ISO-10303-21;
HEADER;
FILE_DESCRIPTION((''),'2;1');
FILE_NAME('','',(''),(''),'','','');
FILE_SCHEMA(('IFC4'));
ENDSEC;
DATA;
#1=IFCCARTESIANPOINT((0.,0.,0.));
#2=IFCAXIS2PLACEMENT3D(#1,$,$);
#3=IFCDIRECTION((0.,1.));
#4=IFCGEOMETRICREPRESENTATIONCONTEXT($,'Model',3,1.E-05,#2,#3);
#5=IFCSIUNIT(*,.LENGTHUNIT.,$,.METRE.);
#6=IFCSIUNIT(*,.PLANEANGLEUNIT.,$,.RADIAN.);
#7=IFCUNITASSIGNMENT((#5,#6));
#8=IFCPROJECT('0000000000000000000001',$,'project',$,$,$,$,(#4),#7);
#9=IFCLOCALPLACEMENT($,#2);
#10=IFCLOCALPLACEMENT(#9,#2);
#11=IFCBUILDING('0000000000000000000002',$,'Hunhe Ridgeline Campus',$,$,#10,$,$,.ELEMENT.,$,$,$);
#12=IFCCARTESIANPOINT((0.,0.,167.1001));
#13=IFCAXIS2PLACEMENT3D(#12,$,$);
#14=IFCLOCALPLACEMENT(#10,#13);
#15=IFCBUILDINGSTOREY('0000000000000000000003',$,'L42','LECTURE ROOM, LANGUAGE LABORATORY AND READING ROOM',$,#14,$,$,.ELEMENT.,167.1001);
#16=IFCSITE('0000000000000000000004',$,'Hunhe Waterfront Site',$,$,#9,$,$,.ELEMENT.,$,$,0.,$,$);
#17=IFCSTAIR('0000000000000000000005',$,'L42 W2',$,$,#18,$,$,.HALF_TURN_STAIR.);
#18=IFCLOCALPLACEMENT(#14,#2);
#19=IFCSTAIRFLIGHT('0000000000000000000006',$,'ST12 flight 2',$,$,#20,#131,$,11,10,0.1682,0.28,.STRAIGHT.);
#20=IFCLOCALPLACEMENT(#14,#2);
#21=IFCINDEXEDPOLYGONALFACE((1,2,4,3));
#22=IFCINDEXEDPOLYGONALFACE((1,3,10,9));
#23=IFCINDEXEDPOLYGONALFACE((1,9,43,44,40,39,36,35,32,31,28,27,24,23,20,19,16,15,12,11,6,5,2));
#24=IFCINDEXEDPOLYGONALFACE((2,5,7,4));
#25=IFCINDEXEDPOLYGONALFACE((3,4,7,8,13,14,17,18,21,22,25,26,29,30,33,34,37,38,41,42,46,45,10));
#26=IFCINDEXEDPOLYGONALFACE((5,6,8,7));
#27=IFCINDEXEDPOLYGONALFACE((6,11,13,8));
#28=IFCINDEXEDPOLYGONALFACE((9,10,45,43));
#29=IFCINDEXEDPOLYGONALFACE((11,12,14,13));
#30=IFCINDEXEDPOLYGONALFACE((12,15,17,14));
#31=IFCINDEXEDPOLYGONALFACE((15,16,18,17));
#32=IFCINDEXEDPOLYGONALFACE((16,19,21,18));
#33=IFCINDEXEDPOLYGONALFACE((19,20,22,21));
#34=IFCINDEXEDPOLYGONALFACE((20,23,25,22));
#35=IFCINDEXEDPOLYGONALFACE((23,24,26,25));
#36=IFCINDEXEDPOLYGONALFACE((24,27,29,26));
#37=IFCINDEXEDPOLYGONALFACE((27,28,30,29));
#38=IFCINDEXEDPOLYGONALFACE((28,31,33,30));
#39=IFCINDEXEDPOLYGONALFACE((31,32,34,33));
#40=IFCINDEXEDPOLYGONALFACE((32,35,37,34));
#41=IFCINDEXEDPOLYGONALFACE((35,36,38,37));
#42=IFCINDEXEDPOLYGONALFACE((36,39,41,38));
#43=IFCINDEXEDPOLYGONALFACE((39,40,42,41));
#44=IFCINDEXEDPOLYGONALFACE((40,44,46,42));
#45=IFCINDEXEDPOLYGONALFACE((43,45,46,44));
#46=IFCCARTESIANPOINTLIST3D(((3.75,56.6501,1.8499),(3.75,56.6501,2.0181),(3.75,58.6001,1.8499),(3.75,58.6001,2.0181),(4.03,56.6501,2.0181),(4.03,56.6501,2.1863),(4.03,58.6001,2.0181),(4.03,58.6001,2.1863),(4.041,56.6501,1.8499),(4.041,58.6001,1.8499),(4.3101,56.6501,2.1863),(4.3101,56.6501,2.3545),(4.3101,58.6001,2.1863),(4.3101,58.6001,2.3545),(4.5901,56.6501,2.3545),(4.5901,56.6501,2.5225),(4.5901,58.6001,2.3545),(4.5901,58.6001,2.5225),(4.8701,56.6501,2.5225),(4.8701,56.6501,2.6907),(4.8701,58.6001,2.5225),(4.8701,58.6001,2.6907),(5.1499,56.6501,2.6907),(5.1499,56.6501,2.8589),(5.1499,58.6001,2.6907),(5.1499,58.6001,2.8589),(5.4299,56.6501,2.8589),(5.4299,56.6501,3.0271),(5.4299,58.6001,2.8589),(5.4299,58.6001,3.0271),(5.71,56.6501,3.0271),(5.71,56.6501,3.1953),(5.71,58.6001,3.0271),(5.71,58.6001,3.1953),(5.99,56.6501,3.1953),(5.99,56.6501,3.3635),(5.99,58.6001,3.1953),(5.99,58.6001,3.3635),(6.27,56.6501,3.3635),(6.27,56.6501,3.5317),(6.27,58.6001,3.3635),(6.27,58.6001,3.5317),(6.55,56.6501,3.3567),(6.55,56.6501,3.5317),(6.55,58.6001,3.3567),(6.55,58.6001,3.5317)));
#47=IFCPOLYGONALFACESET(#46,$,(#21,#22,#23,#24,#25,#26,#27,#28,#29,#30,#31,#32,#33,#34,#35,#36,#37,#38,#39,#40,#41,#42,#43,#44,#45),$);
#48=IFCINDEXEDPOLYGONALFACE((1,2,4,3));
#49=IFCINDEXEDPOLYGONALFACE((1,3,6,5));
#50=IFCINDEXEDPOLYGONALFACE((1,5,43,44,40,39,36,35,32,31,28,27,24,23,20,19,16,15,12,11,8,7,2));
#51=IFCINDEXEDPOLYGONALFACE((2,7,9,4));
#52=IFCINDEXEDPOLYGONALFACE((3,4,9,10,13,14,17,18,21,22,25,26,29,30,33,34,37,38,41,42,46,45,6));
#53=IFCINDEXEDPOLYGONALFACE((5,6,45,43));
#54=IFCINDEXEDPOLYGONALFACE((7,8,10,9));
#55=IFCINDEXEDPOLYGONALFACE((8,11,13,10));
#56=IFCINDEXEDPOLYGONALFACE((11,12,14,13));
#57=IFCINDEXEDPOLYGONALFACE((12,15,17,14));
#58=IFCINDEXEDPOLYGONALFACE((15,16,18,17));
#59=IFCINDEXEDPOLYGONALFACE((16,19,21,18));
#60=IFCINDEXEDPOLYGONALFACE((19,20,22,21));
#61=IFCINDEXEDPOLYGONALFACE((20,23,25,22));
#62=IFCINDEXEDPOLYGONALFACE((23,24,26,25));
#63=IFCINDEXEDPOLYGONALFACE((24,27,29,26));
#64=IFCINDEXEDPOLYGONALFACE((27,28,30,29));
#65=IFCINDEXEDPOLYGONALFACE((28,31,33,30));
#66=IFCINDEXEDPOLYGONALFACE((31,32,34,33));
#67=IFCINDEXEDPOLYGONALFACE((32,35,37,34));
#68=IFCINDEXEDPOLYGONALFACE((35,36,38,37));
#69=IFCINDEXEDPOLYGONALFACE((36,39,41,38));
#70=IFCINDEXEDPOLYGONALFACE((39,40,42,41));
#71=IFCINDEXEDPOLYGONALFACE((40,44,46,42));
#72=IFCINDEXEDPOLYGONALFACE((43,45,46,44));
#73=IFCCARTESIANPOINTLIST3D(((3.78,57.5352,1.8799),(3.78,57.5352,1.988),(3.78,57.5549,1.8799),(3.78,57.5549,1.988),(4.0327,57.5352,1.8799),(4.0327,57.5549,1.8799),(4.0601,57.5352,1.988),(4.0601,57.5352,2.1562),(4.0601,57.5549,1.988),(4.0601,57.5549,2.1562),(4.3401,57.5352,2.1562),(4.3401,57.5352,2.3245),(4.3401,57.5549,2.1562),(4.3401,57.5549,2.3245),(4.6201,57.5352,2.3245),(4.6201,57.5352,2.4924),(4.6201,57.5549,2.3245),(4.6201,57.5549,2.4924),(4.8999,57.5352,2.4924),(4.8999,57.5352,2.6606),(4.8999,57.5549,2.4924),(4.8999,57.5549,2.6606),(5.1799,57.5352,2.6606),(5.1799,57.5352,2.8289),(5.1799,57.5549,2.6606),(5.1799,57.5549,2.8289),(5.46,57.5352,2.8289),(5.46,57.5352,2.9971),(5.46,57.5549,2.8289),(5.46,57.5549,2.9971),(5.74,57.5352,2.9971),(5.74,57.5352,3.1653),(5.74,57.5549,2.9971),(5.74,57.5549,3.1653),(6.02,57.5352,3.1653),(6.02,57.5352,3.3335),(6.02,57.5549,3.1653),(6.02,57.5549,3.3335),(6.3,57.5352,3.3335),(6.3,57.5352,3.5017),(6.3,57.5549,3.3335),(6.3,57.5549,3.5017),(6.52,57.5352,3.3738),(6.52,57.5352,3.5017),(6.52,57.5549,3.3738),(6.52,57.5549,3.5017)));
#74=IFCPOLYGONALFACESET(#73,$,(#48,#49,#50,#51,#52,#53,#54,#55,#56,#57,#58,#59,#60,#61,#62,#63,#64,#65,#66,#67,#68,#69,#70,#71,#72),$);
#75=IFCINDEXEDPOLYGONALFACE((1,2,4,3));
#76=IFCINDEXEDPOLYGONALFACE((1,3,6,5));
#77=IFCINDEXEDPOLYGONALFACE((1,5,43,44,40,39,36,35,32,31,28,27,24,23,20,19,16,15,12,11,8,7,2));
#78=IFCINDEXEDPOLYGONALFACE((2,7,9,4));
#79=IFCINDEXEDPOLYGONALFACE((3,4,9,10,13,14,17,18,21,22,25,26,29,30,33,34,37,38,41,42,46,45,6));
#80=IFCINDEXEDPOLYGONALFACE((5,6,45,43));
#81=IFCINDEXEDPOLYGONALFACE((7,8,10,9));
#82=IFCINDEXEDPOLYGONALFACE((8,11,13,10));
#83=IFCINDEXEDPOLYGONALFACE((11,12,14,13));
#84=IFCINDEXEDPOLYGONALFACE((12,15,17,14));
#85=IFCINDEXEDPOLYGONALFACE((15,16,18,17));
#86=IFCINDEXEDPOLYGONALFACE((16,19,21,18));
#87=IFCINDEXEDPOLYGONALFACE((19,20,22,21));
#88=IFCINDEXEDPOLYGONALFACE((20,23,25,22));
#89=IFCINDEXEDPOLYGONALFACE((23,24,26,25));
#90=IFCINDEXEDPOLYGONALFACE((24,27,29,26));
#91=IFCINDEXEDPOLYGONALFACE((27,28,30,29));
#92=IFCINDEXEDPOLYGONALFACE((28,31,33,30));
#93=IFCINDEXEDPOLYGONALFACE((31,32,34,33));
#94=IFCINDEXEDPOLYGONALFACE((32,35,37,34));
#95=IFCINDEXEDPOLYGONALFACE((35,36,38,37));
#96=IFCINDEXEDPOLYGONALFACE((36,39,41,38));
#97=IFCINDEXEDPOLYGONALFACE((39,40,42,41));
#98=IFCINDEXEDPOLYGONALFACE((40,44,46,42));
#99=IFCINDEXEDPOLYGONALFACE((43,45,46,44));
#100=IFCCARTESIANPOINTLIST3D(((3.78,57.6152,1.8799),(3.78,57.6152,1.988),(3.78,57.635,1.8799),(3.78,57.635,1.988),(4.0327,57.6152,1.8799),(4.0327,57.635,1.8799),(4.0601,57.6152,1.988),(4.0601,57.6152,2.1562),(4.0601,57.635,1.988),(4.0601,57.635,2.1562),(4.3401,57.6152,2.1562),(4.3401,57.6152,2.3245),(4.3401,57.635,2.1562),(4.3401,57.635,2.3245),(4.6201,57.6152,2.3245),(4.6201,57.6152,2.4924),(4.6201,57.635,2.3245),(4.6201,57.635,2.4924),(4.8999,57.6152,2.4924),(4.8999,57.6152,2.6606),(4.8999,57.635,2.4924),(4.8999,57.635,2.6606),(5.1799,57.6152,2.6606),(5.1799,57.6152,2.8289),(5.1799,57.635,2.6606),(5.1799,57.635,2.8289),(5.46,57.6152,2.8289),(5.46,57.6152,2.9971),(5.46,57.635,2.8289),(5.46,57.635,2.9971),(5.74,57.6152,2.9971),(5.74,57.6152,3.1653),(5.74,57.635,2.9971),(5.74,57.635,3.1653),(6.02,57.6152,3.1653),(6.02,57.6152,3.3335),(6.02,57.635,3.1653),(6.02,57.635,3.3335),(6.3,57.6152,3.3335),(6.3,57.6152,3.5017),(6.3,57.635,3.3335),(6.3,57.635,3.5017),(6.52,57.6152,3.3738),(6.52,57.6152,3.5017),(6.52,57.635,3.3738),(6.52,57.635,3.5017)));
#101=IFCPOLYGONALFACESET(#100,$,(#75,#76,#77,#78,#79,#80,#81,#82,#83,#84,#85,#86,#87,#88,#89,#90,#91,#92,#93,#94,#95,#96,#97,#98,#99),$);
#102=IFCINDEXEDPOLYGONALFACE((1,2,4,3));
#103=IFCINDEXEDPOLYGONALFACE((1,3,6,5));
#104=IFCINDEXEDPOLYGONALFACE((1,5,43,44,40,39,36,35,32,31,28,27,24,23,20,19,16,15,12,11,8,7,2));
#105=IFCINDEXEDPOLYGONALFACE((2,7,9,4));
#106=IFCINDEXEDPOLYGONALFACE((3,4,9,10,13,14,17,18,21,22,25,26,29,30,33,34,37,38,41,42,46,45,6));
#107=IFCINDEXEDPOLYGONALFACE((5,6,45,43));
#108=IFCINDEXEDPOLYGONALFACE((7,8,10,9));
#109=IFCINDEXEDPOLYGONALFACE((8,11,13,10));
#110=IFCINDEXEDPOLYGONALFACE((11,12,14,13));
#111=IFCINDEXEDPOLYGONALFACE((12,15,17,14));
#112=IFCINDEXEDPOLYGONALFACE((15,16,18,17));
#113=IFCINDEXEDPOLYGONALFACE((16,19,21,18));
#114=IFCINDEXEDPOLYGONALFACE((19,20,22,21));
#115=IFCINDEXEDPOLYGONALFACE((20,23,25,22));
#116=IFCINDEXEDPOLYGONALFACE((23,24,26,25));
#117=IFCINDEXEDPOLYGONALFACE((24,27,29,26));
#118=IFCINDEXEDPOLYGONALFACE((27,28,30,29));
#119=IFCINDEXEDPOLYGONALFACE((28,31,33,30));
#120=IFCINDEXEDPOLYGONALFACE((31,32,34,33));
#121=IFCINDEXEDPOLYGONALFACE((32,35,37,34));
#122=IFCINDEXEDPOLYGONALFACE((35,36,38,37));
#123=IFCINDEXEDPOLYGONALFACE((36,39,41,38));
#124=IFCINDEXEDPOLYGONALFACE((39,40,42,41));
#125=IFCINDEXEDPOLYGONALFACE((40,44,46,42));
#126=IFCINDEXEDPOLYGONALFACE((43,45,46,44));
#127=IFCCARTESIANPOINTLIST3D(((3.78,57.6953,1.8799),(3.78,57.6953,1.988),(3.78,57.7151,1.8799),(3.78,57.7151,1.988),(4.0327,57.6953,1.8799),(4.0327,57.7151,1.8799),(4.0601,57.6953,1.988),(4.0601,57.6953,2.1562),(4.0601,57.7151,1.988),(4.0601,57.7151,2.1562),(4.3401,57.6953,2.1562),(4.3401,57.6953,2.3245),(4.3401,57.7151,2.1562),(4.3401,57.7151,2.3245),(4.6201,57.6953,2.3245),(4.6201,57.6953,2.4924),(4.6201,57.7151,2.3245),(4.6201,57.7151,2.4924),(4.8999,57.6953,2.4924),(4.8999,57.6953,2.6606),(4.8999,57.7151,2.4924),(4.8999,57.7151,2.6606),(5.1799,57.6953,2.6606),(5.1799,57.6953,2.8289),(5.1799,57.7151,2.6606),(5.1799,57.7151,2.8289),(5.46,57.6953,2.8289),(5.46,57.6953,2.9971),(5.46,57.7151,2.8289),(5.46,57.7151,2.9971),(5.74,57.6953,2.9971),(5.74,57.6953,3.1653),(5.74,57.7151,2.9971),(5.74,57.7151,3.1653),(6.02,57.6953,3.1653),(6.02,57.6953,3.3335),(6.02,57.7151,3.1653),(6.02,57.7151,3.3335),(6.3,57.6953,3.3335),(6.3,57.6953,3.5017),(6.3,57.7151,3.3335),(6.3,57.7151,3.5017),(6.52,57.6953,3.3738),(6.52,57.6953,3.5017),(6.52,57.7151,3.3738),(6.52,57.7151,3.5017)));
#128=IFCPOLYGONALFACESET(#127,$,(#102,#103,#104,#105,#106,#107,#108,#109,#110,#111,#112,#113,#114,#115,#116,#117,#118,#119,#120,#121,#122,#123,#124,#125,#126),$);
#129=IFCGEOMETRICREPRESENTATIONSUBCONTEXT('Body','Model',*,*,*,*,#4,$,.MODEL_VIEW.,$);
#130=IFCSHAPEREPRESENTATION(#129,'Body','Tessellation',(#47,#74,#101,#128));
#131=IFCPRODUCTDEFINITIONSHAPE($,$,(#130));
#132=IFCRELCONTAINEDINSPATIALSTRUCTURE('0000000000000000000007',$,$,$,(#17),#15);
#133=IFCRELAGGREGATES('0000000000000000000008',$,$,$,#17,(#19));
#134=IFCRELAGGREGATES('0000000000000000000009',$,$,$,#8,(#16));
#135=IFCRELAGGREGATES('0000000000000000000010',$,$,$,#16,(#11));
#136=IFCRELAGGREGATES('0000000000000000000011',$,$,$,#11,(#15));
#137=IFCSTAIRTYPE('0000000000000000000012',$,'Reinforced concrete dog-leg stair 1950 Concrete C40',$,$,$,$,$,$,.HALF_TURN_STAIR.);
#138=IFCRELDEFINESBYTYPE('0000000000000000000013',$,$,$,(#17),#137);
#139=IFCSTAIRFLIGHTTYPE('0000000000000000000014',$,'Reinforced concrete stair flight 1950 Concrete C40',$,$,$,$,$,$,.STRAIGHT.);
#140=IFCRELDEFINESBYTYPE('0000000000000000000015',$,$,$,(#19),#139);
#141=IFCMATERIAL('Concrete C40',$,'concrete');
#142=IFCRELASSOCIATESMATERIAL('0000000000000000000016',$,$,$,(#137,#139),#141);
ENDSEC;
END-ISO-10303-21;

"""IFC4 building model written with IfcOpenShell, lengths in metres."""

from ifc_helpers import new_model, si_unit, direction, frame, origin, place, context, subcontext, project, spatial, polyline, outline, extrude, material, type_object, element, aggregate, save


model = new_model("IFC4")

# Units and contexts
model_context = context("Model", 3, precision=1e-05, world=origin(), true_north=direction((0.0, 1.0)))
body_context = subcontext(model_context, "Body", "Model", "MODEL_VIEW")
ifc_project = project(units=[si_unit("LENGTHUNIT", "METRE"), si_unit("PLANEANGLEUNIT", "RADIAN")], contexts=[model_context])

# Site, building, storey
site_placement = place(None, origin())
site = spatial("IfcSite", under=ifc_project, at=site_placement, Name="Hunhe Waterfront Site", CompositionType="ELEMENT", RefElevation=0.0)
building_placement = place(site_placement, origin())
building = spatial("IfcBuilding", under=site, at=building_placement, Name="Hunhe Ridgeline Campus", CompositionType="ELEMENT")
storey_placement = place(building_placement, frame((0.0, 0.0, 167.1001)))
storey = spatial("IfcBuildingStorey", under=building, at=storey_placement, Name="L42", Description="LECTURE ROOM, LANGUAGE LABORATORY AND READING ROOM", CompositionType="ELEMENT", Elevation=167.1001)

# Stair, stair flight
ifc_material_1 = material(Name="Concrete C40", Category="concrete")
stair_type = type_object("IfcStairType", Name="Reinforced concrete dog-leg stair 1950 Concrete C40", PredefinedType="HALF_TURN_STAIR", material=ifc_material_1)
stair_flight_type = type_object("IfcStairFlightType", Name="Reinforced concrete stair flight 1950 Concrete C40", PredefinedType="STRAIGHT", material=ifc_material_1)
stair_1_placement = place(storey_placement, origin())
stair_1 = element("IfcStair", 1, at=stair_1_placement, inside=storey, type_object=stair_type, Name="L42 W2", PredefinedType="HALF_TURN_STAIR")
stair_flight_1_placement = place(storey_placement, frame((3.75, 57.625, 1.8499), z_axis=(0.0, 0.0, 1.0), x_axis=(1.0, 0.0, 0.0)))
stair_flight_1 = element("IfcStairFlight", 2, at=stair_flight_1_placement, type_object=stair_flight_type, Name="ST12 flight 2", NumberOfRisers=11, NumberOfTreads=10, PredefinedType="STRAIGHT", RiserHeight=0.1682, TreadLength=0.28, context=body_context, shape_type="SweptSolid", body=[
    extrude(outline(polyline([(0.0, 0.0), (0.0, 0.1682), (0.28, 0.1682), (0.28, 0.3364), (0.5601, 0.3364), (0.5601, 0.5046), (0.8401, 0.5046), (0.8401, 0.6726), (1.1201, 0.6726), (1.1201, 0.8408), (1.3999, 0.8408), (1.3999, 1.009), (1.6799, 1.009), (1.6799, 1.1772), (1.96, 1.1772), (1.96, 1.3455), (2.24, 1.3455), (2.24, 1.5137), (2.52, 1.5137), (2.52, 1.6819), (2.8, 1.6819), (2.8, 1.8501), (2.8, 1.5068), (0.291, 0.0), (0.0, 0.0)])), frame((0.0, 0.9751, 0.0), z_axis=(0.0, -1.0, 0.0), x_axis=(1.0, 0.0, 0.0)), (0.0, 0.0, 1.0), 1.95),
    extrude(outline(polyline([(0.03, 0.03), (0.03, 0.1382), (0.3101, 0.1382), (0.3101, 0.3064), (0.5901, 0.3064), (0.5901, 0.4746), (0.8701, 0.4746), (0.8701, 0.6426), (1.1499, 0.6426), (1.1499, 0.8108), (1.4299, 0.8108), (1.4299, 0.979), (1.71, 0.979), (1.71, 1.1472), (1.99, 1.1472), (1.99, 1.3154), (2.27, 1.3154), (2.27, 1.4836), (2.55, 1.4836), (2.55, 1.6519), (2.77, 1.6519), (2.77, 1.5239), (0.2827, 0.03), (0.03, 0.03)])), frame((0.0, -0.0701, 0.0), z_axis=(0.0, -1.0, 0.0), x_axis=(1.0, 0.0, 0.0)), (0.0, 0.0, 1.0), 0.0198),
    extrude(outline(polyline([(0.03, 0.03), (0.03, 0.1382), (0.3101, 0.1382), (0.3101, 0.3064), (0.5901, 0.3064), (0.5901, 0.4746), (0.8701, 0.4746), (0.8701, 0.6426), (1.1499, 0.6426), (1.1499, 0.8108), (1.4299, 0.8108), (1.4299, 0.979), (1.71, 0.979), (1.71, 1.1472), (1.99, 1.1472), (1.99, 1.3154), (2.27, 1.3154), (2.27, 1.4836), (2.55, 1.4836), (2.55, 1.6519), (2.77, 1.6519), (2.77, 1.5239), (0.2827, 0.03), (0.03, 0.03)])), frame((0.0, 0.01, 0.0), z_axis=(0.0, -1.0, 0.0), x_axis=(1.0, 0.0, 0.0)), (0.0, 0.0, 1.0), 0.0198),
    extrude(outline(polyline([(0.03, 0.03), (0.03, 0.1382), (0.3101, 0.1382), (0.3101, 0.3064), (0.5901, 0.3064), (0.5901, 0.4746), (0.8701, 0.4746), (0.8701, 0.6426), (1.1499, 0.6426), (1.1499, 0.8108), (1.4299, 0.8108), (1.4299, 0.979), (1.71, 0.979), (1.71, 1.1472), (1.99, 1.1472), (1.99, 1.3154), (2.27, 1.3154), (2.27, 1.4836), (2.55, 1.4836), (2.55, 1.6519), (2.77, 1.6519), (2.77, 1.5239), (0.2827, 0.03), (0.03, 0.03)])), frame((0.0, 0.0901, 0.0), z_axis=(0.0, -1.0, 0.0), x_axis=(1.0, 0.0, 0.0)), (0.0, 0.0, 1.0), 0.0198),
])
aggregate(stair_1, [stair_flight_1])

save(model, "model.ifc")
